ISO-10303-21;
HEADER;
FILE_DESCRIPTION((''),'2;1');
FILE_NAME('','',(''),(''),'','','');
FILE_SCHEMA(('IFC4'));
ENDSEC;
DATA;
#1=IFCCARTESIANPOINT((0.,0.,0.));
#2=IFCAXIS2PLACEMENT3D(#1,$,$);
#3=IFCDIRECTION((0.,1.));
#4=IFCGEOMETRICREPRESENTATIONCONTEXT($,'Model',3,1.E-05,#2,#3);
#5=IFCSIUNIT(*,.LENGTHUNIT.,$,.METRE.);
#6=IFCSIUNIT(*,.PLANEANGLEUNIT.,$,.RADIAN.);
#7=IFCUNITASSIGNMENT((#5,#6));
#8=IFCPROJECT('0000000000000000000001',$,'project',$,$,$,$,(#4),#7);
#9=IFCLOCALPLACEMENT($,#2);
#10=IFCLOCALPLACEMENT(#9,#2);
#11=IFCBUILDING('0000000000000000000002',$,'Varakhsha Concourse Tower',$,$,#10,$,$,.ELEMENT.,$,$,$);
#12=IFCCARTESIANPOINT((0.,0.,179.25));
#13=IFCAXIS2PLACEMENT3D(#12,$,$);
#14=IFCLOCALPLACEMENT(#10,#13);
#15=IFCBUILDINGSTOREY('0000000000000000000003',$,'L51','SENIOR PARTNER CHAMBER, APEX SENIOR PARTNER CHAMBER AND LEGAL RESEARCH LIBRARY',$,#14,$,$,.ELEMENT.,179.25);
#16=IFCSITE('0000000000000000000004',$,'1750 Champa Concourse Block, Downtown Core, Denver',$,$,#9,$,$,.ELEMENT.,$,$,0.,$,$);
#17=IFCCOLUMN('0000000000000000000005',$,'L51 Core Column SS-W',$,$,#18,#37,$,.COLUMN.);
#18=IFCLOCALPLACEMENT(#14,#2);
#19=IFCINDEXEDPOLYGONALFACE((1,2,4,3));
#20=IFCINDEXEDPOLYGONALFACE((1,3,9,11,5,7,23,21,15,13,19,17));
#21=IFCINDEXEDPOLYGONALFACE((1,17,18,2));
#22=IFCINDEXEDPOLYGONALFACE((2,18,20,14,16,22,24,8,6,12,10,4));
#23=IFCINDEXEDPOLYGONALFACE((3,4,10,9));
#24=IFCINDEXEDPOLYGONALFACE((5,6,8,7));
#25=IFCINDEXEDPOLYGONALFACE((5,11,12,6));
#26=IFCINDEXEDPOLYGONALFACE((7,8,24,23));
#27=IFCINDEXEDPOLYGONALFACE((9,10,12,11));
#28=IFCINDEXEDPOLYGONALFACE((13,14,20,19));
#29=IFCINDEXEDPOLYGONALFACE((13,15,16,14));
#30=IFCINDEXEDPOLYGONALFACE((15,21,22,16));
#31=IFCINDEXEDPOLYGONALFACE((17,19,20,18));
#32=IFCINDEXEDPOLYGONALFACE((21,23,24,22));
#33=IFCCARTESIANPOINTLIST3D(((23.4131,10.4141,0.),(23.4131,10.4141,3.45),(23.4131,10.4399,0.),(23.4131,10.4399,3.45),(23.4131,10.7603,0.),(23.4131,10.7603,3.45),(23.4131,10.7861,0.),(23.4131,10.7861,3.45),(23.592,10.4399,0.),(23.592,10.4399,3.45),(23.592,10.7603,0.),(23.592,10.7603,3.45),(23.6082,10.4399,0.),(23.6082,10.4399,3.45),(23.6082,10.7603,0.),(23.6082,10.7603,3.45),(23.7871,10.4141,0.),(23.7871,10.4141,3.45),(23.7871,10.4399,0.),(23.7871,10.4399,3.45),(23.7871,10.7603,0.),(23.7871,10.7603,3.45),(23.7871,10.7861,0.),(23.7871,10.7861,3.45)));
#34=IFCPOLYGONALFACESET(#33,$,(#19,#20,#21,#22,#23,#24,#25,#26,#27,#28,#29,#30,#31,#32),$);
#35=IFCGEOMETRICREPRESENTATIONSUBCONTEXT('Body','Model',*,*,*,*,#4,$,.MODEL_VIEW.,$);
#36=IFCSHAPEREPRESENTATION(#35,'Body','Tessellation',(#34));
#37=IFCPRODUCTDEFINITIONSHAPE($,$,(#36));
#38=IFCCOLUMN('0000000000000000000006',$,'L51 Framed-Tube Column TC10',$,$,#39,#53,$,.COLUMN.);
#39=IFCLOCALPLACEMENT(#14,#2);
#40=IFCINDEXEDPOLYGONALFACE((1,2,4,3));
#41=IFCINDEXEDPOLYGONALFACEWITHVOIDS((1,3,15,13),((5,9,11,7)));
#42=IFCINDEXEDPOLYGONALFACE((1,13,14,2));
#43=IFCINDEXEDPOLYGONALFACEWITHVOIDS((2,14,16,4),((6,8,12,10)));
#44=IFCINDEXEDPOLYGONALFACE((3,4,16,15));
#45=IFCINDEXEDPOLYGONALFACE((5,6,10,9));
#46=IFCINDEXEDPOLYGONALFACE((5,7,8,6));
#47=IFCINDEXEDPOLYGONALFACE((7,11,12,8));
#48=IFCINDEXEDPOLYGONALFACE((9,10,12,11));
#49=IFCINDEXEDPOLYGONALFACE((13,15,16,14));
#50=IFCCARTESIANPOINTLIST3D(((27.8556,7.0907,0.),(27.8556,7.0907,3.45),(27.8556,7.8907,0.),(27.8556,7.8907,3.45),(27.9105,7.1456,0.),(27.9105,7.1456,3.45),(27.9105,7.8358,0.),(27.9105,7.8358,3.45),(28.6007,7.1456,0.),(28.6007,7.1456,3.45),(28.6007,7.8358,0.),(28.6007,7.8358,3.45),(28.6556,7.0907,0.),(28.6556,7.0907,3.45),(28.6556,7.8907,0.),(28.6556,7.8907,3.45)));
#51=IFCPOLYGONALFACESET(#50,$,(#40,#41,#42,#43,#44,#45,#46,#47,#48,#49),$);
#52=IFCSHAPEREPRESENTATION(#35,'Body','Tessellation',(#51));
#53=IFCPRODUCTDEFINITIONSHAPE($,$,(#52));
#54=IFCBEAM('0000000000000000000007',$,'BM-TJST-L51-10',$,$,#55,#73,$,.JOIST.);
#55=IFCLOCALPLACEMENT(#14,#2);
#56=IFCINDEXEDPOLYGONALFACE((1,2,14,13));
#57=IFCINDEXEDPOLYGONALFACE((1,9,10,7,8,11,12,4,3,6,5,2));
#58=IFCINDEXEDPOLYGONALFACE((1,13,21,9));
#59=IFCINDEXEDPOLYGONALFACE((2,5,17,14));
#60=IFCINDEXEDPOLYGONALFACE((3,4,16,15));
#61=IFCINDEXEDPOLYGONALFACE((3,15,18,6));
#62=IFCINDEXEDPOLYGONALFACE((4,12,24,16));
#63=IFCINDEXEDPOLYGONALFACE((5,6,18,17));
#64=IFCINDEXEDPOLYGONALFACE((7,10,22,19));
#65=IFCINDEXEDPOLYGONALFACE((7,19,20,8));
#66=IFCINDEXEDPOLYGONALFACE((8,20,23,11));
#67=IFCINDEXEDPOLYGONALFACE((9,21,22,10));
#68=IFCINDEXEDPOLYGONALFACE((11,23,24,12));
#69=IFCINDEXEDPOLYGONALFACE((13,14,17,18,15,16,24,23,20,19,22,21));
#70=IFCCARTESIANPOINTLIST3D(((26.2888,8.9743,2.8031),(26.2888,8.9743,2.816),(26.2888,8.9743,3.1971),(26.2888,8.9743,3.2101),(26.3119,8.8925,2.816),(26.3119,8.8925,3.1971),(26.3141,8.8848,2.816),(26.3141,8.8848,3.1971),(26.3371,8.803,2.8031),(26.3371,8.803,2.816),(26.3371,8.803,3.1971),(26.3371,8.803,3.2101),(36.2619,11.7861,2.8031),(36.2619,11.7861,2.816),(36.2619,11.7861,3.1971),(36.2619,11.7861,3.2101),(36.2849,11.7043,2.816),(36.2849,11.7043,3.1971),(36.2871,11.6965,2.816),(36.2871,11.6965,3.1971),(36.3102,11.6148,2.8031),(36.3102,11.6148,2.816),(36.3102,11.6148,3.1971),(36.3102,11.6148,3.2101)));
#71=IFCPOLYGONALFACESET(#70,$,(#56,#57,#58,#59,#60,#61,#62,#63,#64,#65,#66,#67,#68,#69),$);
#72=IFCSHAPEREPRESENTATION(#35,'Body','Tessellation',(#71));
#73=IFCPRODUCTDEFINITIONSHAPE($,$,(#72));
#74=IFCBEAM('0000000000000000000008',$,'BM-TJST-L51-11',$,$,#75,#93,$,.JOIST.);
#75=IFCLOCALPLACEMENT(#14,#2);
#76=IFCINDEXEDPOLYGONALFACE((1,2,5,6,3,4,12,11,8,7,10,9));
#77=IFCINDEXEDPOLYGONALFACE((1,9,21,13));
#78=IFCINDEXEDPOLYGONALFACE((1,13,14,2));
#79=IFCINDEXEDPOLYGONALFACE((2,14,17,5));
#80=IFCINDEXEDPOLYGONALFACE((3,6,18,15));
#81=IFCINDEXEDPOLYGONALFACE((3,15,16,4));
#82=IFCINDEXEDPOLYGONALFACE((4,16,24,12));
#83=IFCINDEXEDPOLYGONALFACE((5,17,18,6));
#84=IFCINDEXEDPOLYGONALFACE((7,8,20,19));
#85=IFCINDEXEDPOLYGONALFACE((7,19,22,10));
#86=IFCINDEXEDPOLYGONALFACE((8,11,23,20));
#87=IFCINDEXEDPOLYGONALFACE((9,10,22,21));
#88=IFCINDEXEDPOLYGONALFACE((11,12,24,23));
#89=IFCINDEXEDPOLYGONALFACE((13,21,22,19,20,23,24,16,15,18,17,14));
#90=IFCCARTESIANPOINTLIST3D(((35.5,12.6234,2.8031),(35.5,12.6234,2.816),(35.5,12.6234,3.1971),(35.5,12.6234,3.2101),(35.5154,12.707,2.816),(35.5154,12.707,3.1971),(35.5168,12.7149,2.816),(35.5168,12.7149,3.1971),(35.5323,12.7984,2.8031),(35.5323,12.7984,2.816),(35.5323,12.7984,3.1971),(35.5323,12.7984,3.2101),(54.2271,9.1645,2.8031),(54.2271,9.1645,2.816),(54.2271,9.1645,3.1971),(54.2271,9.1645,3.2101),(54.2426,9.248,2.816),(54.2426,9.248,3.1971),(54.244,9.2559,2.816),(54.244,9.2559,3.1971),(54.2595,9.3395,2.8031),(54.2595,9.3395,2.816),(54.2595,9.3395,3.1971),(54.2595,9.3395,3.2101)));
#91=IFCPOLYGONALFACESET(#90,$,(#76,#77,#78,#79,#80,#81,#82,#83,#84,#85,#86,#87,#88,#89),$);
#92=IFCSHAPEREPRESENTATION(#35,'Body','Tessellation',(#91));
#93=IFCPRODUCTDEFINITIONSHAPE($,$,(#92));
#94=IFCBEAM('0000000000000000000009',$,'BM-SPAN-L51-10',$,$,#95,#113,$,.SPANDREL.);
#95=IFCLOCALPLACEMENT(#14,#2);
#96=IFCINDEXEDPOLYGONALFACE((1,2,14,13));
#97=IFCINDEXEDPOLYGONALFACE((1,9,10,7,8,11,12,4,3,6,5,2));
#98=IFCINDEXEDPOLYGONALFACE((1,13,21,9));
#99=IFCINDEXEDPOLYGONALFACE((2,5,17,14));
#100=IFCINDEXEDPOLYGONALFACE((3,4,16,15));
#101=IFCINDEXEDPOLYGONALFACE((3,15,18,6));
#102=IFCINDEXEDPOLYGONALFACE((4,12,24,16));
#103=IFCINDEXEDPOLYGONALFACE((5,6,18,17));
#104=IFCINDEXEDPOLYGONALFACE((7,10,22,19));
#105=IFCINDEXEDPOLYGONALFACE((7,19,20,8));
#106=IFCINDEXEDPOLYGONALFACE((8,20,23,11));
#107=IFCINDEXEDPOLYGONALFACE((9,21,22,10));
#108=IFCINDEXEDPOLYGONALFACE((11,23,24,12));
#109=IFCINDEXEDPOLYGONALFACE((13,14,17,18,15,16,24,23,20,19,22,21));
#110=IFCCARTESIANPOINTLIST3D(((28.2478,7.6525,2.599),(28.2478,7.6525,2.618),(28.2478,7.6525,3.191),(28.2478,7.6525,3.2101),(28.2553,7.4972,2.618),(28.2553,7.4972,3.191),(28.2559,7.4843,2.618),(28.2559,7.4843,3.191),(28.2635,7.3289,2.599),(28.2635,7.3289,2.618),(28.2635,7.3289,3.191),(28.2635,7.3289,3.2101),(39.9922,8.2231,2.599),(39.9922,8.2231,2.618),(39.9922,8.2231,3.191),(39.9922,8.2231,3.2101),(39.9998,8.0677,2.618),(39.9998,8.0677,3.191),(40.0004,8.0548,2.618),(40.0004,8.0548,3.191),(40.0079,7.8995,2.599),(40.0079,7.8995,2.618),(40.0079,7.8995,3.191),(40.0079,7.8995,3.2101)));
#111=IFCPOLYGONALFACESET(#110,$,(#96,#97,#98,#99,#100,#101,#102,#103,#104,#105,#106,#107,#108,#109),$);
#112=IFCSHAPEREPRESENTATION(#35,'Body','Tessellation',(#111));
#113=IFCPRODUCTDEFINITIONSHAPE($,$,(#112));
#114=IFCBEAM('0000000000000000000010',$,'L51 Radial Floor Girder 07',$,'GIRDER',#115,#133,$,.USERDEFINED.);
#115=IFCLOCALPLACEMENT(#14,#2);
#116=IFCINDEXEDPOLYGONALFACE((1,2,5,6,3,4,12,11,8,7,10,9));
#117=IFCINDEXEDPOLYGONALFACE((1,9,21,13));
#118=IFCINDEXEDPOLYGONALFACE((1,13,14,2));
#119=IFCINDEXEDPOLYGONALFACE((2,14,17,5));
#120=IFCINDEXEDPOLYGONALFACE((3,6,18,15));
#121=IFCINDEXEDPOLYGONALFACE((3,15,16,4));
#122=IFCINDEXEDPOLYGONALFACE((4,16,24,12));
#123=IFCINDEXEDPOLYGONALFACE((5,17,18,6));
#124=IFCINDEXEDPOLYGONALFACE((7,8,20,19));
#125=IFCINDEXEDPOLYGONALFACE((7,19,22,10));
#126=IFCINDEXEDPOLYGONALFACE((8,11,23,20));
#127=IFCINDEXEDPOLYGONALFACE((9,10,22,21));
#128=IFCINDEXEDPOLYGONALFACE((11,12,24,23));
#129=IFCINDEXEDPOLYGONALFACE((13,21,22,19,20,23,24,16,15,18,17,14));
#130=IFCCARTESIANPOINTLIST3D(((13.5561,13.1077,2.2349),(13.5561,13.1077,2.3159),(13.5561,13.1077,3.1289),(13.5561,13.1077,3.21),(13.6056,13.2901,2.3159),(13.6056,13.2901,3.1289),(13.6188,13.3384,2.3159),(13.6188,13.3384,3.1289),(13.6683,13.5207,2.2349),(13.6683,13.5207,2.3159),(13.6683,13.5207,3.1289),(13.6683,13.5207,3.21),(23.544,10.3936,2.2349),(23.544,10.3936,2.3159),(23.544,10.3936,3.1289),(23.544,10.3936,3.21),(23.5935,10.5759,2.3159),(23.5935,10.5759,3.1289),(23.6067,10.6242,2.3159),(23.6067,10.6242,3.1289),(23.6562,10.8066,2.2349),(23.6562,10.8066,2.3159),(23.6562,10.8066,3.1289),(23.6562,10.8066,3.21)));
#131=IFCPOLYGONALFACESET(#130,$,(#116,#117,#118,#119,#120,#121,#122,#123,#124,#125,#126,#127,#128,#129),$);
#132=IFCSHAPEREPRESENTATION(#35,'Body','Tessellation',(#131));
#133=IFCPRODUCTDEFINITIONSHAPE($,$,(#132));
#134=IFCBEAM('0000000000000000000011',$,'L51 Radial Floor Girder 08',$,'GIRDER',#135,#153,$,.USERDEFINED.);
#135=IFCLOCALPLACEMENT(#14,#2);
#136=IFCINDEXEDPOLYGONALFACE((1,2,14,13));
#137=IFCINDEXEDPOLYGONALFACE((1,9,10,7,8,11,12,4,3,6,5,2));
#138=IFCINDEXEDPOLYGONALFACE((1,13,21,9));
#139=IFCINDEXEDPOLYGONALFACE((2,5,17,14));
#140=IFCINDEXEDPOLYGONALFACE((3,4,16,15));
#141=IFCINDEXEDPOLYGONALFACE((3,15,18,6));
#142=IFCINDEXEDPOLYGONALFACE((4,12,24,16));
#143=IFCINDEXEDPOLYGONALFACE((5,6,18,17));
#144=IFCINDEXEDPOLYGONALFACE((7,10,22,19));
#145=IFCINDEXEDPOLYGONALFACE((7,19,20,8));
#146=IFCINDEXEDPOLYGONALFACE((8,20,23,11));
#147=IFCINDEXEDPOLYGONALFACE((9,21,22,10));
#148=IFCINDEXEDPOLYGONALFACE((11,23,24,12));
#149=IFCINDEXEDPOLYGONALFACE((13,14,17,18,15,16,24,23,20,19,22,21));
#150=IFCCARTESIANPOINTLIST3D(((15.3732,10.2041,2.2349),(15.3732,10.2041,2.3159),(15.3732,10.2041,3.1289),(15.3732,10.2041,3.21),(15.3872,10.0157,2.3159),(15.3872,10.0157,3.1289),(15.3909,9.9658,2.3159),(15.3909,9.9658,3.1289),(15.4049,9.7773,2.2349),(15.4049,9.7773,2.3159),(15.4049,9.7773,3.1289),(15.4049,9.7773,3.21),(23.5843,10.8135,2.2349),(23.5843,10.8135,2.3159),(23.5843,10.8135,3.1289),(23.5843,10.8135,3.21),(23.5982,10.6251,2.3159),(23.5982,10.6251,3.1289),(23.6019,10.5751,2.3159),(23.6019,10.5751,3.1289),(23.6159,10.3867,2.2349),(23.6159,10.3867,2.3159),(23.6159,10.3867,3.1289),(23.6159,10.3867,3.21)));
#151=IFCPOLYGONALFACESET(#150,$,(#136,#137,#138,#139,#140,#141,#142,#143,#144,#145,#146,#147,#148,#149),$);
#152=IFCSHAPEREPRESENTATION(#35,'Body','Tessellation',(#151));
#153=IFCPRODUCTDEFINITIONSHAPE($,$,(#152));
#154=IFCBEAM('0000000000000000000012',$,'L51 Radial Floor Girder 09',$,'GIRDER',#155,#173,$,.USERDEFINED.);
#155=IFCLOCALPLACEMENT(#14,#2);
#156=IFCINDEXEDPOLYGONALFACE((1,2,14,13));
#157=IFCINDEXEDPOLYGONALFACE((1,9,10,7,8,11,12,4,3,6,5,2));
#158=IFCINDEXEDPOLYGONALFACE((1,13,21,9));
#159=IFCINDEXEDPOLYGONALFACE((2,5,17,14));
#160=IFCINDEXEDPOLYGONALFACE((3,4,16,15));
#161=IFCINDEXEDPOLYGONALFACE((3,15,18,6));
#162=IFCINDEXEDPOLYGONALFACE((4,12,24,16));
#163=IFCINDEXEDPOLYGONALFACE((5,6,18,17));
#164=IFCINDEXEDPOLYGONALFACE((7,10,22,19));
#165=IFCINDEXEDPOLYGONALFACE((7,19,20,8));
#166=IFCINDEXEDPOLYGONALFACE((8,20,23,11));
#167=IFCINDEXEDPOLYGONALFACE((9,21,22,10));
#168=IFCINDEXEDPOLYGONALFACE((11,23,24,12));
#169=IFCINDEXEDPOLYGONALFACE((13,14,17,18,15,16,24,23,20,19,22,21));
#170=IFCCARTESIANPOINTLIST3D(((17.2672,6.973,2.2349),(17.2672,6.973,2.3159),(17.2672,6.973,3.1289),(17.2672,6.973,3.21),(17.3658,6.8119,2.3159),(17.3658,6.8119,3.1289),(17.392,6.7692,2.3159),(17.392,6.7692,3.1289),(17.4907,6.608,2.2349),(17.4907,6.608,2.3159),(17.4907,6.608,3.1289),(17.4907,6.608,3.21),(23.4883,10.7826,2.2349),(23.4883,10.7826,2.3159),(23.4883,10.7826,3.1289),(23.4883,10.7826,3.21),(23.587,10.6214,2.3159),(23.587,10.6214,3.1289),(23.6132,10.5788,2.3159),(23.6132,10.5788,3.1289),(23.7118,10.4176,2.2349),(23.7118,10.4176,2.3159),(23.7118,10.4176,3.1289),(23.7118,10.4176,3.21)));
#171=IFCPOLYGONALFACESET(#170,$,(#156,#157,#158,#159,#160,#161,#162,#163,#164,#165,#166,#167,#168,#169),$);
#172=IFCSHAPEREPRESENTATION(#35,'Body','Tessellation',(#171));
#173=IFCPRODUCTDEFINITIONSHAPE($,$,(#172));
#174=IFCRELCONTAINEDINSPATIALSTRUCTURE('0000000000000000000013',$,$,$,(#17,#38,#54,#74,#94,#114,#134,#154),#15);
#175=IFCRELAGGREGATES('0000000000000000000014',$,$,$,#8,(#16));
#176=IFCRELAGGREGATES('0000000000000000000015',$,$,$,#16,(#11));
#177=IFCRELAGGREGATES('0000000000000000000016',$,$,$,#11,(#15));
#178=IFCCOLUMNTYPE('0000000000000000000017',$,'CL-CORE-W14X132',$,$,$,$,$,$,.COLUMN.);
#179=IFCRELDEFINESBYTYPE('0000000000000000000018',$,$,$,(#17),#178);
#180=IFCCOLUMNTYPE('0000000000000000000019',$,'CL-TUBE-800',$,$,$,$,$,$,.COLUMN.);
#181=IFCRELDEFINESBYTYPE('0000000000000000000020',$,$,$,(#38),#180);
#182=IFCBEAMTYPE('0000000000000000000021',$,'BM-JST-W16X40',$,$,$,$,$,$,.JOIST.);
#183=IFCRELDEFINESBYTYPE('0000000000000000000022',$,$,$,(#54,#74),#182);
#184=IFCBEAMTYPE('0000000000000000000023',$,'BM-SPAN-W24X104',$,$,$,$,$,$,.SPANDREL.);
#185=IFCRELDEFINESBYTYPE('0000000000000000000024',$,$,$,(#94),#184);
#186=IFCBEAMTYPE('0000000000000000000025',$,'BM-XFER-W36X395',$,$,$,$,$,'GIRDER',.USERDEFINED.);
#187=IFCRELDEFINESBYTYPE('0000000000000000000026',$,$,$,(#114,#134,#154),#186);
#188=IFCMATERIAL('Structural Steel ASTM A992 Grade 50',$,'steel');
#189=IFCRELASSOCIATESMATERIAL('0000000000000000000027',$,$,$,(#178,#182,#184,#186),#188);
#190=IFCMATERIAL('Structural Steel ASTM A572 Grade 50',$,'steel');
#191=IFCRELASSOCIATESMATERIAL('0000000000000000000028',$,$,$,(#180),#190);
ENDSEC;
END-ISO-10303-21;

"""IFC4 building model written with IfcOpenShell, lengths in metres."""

from ifc_helpers import new_model, si_unit, direction, frame, origin, origin_2d, place, context, subcontext, project, spatial, hollow_rectangle, i_section, extrude, material, material_profile, profile_set, type_object, element, save


model = new_model("IFC4")

# Units and contexts
model_context = context("Model", 3, precision=1e-05, world=origin(), true_north=direction((0.0, 1.0)))
body_context = subcontext(model_context, "Body", "Model", "MODEL_VIEW")
ifc_project = project(units=[si_unit("LENGTHUNIT", "METRE"), si_unit("PLANEANGLEUNIT", "RADIAN")], contexts=[model_context])

# Site, building, storey
site_placement = place(None, origin())
site = spatial("IfcSite", under=ifc_project, at=site_placement, Name="1750 Champa Concourse Block, Downtown Core, Denver", CompositionType="ELEMENT", RefElevation=0.0)
building_placement = place(site_placement, origin())
building = spatial("IfcBuilding", under=site, at=building_placement, Name="Varakhsha Concourse Tower", CompositionType="ELEMENT")
storey_placement = place(building_placement, frame((0.0, 0.0, 179.25)))
storey = spatial("IfcBuildingStorey", under=building, at=storey_placement, Name="L51", Description="SENIOR PARTNER CHAMBER, APEX SENIOR PARTNER CHAMBER AND LEGAL RESEARCH LIBRARY", CompositionType="ELEMENT", Elevation=179.25)

# Columns
ifc_material_1 = material(Name="Structural Steel ASTM A992 Grade 50", Category="steel")
ifc_material_profile_1 = material_profile(ifc_material_1, i_section(OverallWidth=0.374, OverallDepth=0.3721, WebThickness=0.0161, FlangeThickness=0.0259, at=origin_2d()), Name="W14X132")
ifc_profile_set_1 = profile_set([ifc_material_profile_1], Name="Structural Steel ASTM A992 Grade 50")
column_type_1 = type_object("IfcColumnType", Name="CL-CORE-W14X132", PredefinedType="COLUMN", material=ifc_profile_set_1)
column_1_placement = place(storey_placement, frame((23.6001, 10.6001, 0.0), z_axis=(0.0, 0.0, 1.0), x_axis=(1.0, 0.0, 0.0)))
element("IfcColumn", 1, at=column_1_placement, inside=storey, type_object=column_type_1, Name="L51 Core Column SS-W", PredefinedType="COLUMN", context=body_context, shape_type="SweptSolid", body=[
    extrude(i_section(OverallWidth=0.374, OverallDepth=0.3721, WebThickness=0.0161, FlangeThickness=0.0259, at=origin_2d()), origin(), (0.0, 0.0, 1.0), 3.45),
])
ifc_material_2 = material(Name="Structural Steel ASTM A572 Grade 50", Category="steel")
ifc_material_profile_2 = material_profile(ifc_material_2, hollow_rectangle(XDim=0.8, YDim=0.8, WallThickness=0.0549, at=origin_2d()), Name="BOX 800x800x55")
ifc_profile_set_2 = profile_set([ifc_material_profile_2], Name="Structural Steel ASTM A572 Grade 50")
column_type_2 = type_object("IfcColumnType", Name="CL-TUBE-800", PredefinedType="COLUMN", material=ifc_profile_set_2)
column_2_placement = place(storey_placement, frame((28.2556, 7.4907, 0.0), z_axis=(0.0, 0.0, 1.0), x_axis=(1.0, 0.0, 0.0)))
element("IfcColumn", 2, at=column_2_placement, inside=storey, type_object=column_type_2, Name="L51 Framed-Tube Column TC10", PredefinedType="COLUMN", context=body_context, shape_type="SweptSolid", body=[
    extrude(hollow_rectangle(XDim=0.8, YDim=0.8, WallThickness=0.0549, at=origin_2d()), origin(), (0.0, 0.0, 1.0), 3.45),
])

# Beams
ifc_material_profile_3 = material_profile(ifc_material_1, i_section(OverallWidth=0.178, OverallDepth=0.407, WebThickness=0.0081, FlangeThickness=0.0129, at=origin_2d()), Name="W16X40")
ifc_profile_set_3 = profile_set([ifc_material_profile_3], Name="Structural Steel ASTM A992 Grade 50")
beam_type_1 = type_object("IfcBeamType", Name="BM-JST-W16X40", PredefinedType="JOIST", material=ifc_profile_set_3)
beam_1_placement = place(storey_placement, frame((26.313, 8.8887, 3.0066), z_axis=(0.962479, 0.271356, 0.0), x_axis=(-0.271356, 0.962479, 0.0)))
element("IfcBeam", 3, at=beam_1_placement, inside=storey, type_object=beam_type_1, Name="BM-TJST-L51-10", PredefinedType="JOIST", context=body_context, shape_type="SweptSolid", body=[
    extrude(i_section(OverallWidth=0.178, OverallDepth=0.407, WebThickness=0.0081, FlangeThickness=0.0129, at=origin_2d()), origin(), (0.0, 0.0, 1.0), 10.3618),
])
beam_2_placement = place(storey_placement, frame((35.5161, 12.7109, 3.0066), z_axis=(0.983367, -0.181631, 0.0), x_axis=(0.181631, 0.983367, 0.0)))
element("IfcBeam", 4, at=beam_2_placement, inside=storey, type_object=beam_type_1, Name="BM-TJST-L51-11", PredefinedType="JOIST", context=body_context, shape_type="SweptSolid", body=[
    extrude(i_section(OverallWidth=0.178, OverallDepth=0.407, WebThickness=0.0081, FlangeThickness=0.0129, at=origin_2d()), origin(), (0.0, 0.0, 1.0), 19.0439),
])
ifc_material_profile_4 = material_profile(ifc_material_1, i_section(OverallWidth=0.324, OverallDepth=0.6111, WebThickness=0.0129, FlangeThickness=0.019, at=origin_2d()), Name="W24X104")
ifc_profile_set_4 = profile_set([ifc_material_profile_4], Name="Structural Steel ASTM A992 Grade 50")
beam_type_2 = type_object("IfcBeamType", Name="BM-SPAN-W24X104", PredefinedType="SPANDREL", material=ifc_profile_set_4)
beam_3_placement = place(storey_placement, frame((28.2556, 7.4907, 2.9045), z_axis=(0.998822, 0.048524, 0.0), x_axis=(-0.048524, 0.998822, 0.0)))
element("IfcBeam", 5, at=beam_3_placement, inside=storey, type_object=beam_type_2, Name="BM-SPAN-L51-10", PredefinedType="SPANDREL", context=body_context, shape_type="SweptSolid", body=[
    extrude(i_section(OverallWidth=0.324, OverallDepth=0.6111, WebThickness=0.0129, FlangeThickness=0.019, at=origin_2d()), origin(), (0.0, 0.0, 1.0), 11.7583),
])
ifc_material_profile_5 = material_profile(ifc_material_1, i_section(OverallWidth=0.428, OverallDepth=0.9751, WebThickness=0.05, FlangeThickness=0.0811, at=origin_2d()), Name="W36X395")
ifc_profile_set_5 = profile_set([ifc_material_profile_5], Name="Structural Steel ASTM A992 Grade 50")
beam_type_3 = type_object("IfcBeamType", Name="BM-XFER-W36X395", ElementType="GIRDER", PredefinedType="USERDEFINED", material=ifc_profile_set_5)
beam_4_placement = place(storey_placement, frame((23.6001, 10.6001, 2.7224), z_axis=(-0.965005, 0.262233, 0.0), x_axis=(-0.262233, -0.965005, 0.0)))
element("IfcBeam", 6, at=beam_4_placement, inside=storey, type_object=beam_type_3, Name="L51 Radial Floor Girder 07", ObjectType="GIRDER", PredefinedType="USERDEFINED", context=body_context, shape_type="SweptSolid", body=[
    extrude(i_section(OverallWidth=0.428, OverallDepth=0.9751, WebThickness=0.05, FlangeThickness=0.0811, at=origin_2d()), origin(), (0.0, 0.0, 1.0), 10.3501),
])
beam_5_placement = place(storey_placement, frame((23.6001, 10.6001, 2.7224), z_axis=(-0.997258, -0.074009, 0.0), x_axis=(0.074009, -0.997258, 0.0)))
element("IfcBeam", 7, at=beam_5_placement, inside=storey, type_object=beam_type_3, Name="L51 Radial Floor Girder 08", ObjectType="GIRDER", PredefinedType="USERDEFINED", context=body_context, shape_type="SweptSolid", body=[
    extrude(i_section(OverallWidth=0.428, OverallDepth=0.9751, WebThickness=0.05, FlangeThickness=0.0811, at=origin_2d()), origin(), (0.0, 0.0, 1.0), 8.2336),
])
beam_6_placement = place(storey_placement, frame((23.6001, 10.6001, 2.7224), z_axis=(-0.85281, -0.522221, 0.0), x_axis=(0.522221, -0.85281, 0.0)))
element("IfcBeam", 8, at=beam_6_placement, inside=storey, type_object=beam_type_3, Name="L51 Radial Floor Girder 09", ObjectType="GIRDER", PredefinedType="USERDEFINED", context=body_context, shape_type="SweptSolid", body=[
    extrude(i_section(OverallWidth=0.428, OverallDepth=0.9751, WebThickness=0.05, FlangeThickness=0.0811, at=origin_2d()), origin(), (0.0, 0.0, 1.0), 7.2949),
])

save(model, "model.ifc")
